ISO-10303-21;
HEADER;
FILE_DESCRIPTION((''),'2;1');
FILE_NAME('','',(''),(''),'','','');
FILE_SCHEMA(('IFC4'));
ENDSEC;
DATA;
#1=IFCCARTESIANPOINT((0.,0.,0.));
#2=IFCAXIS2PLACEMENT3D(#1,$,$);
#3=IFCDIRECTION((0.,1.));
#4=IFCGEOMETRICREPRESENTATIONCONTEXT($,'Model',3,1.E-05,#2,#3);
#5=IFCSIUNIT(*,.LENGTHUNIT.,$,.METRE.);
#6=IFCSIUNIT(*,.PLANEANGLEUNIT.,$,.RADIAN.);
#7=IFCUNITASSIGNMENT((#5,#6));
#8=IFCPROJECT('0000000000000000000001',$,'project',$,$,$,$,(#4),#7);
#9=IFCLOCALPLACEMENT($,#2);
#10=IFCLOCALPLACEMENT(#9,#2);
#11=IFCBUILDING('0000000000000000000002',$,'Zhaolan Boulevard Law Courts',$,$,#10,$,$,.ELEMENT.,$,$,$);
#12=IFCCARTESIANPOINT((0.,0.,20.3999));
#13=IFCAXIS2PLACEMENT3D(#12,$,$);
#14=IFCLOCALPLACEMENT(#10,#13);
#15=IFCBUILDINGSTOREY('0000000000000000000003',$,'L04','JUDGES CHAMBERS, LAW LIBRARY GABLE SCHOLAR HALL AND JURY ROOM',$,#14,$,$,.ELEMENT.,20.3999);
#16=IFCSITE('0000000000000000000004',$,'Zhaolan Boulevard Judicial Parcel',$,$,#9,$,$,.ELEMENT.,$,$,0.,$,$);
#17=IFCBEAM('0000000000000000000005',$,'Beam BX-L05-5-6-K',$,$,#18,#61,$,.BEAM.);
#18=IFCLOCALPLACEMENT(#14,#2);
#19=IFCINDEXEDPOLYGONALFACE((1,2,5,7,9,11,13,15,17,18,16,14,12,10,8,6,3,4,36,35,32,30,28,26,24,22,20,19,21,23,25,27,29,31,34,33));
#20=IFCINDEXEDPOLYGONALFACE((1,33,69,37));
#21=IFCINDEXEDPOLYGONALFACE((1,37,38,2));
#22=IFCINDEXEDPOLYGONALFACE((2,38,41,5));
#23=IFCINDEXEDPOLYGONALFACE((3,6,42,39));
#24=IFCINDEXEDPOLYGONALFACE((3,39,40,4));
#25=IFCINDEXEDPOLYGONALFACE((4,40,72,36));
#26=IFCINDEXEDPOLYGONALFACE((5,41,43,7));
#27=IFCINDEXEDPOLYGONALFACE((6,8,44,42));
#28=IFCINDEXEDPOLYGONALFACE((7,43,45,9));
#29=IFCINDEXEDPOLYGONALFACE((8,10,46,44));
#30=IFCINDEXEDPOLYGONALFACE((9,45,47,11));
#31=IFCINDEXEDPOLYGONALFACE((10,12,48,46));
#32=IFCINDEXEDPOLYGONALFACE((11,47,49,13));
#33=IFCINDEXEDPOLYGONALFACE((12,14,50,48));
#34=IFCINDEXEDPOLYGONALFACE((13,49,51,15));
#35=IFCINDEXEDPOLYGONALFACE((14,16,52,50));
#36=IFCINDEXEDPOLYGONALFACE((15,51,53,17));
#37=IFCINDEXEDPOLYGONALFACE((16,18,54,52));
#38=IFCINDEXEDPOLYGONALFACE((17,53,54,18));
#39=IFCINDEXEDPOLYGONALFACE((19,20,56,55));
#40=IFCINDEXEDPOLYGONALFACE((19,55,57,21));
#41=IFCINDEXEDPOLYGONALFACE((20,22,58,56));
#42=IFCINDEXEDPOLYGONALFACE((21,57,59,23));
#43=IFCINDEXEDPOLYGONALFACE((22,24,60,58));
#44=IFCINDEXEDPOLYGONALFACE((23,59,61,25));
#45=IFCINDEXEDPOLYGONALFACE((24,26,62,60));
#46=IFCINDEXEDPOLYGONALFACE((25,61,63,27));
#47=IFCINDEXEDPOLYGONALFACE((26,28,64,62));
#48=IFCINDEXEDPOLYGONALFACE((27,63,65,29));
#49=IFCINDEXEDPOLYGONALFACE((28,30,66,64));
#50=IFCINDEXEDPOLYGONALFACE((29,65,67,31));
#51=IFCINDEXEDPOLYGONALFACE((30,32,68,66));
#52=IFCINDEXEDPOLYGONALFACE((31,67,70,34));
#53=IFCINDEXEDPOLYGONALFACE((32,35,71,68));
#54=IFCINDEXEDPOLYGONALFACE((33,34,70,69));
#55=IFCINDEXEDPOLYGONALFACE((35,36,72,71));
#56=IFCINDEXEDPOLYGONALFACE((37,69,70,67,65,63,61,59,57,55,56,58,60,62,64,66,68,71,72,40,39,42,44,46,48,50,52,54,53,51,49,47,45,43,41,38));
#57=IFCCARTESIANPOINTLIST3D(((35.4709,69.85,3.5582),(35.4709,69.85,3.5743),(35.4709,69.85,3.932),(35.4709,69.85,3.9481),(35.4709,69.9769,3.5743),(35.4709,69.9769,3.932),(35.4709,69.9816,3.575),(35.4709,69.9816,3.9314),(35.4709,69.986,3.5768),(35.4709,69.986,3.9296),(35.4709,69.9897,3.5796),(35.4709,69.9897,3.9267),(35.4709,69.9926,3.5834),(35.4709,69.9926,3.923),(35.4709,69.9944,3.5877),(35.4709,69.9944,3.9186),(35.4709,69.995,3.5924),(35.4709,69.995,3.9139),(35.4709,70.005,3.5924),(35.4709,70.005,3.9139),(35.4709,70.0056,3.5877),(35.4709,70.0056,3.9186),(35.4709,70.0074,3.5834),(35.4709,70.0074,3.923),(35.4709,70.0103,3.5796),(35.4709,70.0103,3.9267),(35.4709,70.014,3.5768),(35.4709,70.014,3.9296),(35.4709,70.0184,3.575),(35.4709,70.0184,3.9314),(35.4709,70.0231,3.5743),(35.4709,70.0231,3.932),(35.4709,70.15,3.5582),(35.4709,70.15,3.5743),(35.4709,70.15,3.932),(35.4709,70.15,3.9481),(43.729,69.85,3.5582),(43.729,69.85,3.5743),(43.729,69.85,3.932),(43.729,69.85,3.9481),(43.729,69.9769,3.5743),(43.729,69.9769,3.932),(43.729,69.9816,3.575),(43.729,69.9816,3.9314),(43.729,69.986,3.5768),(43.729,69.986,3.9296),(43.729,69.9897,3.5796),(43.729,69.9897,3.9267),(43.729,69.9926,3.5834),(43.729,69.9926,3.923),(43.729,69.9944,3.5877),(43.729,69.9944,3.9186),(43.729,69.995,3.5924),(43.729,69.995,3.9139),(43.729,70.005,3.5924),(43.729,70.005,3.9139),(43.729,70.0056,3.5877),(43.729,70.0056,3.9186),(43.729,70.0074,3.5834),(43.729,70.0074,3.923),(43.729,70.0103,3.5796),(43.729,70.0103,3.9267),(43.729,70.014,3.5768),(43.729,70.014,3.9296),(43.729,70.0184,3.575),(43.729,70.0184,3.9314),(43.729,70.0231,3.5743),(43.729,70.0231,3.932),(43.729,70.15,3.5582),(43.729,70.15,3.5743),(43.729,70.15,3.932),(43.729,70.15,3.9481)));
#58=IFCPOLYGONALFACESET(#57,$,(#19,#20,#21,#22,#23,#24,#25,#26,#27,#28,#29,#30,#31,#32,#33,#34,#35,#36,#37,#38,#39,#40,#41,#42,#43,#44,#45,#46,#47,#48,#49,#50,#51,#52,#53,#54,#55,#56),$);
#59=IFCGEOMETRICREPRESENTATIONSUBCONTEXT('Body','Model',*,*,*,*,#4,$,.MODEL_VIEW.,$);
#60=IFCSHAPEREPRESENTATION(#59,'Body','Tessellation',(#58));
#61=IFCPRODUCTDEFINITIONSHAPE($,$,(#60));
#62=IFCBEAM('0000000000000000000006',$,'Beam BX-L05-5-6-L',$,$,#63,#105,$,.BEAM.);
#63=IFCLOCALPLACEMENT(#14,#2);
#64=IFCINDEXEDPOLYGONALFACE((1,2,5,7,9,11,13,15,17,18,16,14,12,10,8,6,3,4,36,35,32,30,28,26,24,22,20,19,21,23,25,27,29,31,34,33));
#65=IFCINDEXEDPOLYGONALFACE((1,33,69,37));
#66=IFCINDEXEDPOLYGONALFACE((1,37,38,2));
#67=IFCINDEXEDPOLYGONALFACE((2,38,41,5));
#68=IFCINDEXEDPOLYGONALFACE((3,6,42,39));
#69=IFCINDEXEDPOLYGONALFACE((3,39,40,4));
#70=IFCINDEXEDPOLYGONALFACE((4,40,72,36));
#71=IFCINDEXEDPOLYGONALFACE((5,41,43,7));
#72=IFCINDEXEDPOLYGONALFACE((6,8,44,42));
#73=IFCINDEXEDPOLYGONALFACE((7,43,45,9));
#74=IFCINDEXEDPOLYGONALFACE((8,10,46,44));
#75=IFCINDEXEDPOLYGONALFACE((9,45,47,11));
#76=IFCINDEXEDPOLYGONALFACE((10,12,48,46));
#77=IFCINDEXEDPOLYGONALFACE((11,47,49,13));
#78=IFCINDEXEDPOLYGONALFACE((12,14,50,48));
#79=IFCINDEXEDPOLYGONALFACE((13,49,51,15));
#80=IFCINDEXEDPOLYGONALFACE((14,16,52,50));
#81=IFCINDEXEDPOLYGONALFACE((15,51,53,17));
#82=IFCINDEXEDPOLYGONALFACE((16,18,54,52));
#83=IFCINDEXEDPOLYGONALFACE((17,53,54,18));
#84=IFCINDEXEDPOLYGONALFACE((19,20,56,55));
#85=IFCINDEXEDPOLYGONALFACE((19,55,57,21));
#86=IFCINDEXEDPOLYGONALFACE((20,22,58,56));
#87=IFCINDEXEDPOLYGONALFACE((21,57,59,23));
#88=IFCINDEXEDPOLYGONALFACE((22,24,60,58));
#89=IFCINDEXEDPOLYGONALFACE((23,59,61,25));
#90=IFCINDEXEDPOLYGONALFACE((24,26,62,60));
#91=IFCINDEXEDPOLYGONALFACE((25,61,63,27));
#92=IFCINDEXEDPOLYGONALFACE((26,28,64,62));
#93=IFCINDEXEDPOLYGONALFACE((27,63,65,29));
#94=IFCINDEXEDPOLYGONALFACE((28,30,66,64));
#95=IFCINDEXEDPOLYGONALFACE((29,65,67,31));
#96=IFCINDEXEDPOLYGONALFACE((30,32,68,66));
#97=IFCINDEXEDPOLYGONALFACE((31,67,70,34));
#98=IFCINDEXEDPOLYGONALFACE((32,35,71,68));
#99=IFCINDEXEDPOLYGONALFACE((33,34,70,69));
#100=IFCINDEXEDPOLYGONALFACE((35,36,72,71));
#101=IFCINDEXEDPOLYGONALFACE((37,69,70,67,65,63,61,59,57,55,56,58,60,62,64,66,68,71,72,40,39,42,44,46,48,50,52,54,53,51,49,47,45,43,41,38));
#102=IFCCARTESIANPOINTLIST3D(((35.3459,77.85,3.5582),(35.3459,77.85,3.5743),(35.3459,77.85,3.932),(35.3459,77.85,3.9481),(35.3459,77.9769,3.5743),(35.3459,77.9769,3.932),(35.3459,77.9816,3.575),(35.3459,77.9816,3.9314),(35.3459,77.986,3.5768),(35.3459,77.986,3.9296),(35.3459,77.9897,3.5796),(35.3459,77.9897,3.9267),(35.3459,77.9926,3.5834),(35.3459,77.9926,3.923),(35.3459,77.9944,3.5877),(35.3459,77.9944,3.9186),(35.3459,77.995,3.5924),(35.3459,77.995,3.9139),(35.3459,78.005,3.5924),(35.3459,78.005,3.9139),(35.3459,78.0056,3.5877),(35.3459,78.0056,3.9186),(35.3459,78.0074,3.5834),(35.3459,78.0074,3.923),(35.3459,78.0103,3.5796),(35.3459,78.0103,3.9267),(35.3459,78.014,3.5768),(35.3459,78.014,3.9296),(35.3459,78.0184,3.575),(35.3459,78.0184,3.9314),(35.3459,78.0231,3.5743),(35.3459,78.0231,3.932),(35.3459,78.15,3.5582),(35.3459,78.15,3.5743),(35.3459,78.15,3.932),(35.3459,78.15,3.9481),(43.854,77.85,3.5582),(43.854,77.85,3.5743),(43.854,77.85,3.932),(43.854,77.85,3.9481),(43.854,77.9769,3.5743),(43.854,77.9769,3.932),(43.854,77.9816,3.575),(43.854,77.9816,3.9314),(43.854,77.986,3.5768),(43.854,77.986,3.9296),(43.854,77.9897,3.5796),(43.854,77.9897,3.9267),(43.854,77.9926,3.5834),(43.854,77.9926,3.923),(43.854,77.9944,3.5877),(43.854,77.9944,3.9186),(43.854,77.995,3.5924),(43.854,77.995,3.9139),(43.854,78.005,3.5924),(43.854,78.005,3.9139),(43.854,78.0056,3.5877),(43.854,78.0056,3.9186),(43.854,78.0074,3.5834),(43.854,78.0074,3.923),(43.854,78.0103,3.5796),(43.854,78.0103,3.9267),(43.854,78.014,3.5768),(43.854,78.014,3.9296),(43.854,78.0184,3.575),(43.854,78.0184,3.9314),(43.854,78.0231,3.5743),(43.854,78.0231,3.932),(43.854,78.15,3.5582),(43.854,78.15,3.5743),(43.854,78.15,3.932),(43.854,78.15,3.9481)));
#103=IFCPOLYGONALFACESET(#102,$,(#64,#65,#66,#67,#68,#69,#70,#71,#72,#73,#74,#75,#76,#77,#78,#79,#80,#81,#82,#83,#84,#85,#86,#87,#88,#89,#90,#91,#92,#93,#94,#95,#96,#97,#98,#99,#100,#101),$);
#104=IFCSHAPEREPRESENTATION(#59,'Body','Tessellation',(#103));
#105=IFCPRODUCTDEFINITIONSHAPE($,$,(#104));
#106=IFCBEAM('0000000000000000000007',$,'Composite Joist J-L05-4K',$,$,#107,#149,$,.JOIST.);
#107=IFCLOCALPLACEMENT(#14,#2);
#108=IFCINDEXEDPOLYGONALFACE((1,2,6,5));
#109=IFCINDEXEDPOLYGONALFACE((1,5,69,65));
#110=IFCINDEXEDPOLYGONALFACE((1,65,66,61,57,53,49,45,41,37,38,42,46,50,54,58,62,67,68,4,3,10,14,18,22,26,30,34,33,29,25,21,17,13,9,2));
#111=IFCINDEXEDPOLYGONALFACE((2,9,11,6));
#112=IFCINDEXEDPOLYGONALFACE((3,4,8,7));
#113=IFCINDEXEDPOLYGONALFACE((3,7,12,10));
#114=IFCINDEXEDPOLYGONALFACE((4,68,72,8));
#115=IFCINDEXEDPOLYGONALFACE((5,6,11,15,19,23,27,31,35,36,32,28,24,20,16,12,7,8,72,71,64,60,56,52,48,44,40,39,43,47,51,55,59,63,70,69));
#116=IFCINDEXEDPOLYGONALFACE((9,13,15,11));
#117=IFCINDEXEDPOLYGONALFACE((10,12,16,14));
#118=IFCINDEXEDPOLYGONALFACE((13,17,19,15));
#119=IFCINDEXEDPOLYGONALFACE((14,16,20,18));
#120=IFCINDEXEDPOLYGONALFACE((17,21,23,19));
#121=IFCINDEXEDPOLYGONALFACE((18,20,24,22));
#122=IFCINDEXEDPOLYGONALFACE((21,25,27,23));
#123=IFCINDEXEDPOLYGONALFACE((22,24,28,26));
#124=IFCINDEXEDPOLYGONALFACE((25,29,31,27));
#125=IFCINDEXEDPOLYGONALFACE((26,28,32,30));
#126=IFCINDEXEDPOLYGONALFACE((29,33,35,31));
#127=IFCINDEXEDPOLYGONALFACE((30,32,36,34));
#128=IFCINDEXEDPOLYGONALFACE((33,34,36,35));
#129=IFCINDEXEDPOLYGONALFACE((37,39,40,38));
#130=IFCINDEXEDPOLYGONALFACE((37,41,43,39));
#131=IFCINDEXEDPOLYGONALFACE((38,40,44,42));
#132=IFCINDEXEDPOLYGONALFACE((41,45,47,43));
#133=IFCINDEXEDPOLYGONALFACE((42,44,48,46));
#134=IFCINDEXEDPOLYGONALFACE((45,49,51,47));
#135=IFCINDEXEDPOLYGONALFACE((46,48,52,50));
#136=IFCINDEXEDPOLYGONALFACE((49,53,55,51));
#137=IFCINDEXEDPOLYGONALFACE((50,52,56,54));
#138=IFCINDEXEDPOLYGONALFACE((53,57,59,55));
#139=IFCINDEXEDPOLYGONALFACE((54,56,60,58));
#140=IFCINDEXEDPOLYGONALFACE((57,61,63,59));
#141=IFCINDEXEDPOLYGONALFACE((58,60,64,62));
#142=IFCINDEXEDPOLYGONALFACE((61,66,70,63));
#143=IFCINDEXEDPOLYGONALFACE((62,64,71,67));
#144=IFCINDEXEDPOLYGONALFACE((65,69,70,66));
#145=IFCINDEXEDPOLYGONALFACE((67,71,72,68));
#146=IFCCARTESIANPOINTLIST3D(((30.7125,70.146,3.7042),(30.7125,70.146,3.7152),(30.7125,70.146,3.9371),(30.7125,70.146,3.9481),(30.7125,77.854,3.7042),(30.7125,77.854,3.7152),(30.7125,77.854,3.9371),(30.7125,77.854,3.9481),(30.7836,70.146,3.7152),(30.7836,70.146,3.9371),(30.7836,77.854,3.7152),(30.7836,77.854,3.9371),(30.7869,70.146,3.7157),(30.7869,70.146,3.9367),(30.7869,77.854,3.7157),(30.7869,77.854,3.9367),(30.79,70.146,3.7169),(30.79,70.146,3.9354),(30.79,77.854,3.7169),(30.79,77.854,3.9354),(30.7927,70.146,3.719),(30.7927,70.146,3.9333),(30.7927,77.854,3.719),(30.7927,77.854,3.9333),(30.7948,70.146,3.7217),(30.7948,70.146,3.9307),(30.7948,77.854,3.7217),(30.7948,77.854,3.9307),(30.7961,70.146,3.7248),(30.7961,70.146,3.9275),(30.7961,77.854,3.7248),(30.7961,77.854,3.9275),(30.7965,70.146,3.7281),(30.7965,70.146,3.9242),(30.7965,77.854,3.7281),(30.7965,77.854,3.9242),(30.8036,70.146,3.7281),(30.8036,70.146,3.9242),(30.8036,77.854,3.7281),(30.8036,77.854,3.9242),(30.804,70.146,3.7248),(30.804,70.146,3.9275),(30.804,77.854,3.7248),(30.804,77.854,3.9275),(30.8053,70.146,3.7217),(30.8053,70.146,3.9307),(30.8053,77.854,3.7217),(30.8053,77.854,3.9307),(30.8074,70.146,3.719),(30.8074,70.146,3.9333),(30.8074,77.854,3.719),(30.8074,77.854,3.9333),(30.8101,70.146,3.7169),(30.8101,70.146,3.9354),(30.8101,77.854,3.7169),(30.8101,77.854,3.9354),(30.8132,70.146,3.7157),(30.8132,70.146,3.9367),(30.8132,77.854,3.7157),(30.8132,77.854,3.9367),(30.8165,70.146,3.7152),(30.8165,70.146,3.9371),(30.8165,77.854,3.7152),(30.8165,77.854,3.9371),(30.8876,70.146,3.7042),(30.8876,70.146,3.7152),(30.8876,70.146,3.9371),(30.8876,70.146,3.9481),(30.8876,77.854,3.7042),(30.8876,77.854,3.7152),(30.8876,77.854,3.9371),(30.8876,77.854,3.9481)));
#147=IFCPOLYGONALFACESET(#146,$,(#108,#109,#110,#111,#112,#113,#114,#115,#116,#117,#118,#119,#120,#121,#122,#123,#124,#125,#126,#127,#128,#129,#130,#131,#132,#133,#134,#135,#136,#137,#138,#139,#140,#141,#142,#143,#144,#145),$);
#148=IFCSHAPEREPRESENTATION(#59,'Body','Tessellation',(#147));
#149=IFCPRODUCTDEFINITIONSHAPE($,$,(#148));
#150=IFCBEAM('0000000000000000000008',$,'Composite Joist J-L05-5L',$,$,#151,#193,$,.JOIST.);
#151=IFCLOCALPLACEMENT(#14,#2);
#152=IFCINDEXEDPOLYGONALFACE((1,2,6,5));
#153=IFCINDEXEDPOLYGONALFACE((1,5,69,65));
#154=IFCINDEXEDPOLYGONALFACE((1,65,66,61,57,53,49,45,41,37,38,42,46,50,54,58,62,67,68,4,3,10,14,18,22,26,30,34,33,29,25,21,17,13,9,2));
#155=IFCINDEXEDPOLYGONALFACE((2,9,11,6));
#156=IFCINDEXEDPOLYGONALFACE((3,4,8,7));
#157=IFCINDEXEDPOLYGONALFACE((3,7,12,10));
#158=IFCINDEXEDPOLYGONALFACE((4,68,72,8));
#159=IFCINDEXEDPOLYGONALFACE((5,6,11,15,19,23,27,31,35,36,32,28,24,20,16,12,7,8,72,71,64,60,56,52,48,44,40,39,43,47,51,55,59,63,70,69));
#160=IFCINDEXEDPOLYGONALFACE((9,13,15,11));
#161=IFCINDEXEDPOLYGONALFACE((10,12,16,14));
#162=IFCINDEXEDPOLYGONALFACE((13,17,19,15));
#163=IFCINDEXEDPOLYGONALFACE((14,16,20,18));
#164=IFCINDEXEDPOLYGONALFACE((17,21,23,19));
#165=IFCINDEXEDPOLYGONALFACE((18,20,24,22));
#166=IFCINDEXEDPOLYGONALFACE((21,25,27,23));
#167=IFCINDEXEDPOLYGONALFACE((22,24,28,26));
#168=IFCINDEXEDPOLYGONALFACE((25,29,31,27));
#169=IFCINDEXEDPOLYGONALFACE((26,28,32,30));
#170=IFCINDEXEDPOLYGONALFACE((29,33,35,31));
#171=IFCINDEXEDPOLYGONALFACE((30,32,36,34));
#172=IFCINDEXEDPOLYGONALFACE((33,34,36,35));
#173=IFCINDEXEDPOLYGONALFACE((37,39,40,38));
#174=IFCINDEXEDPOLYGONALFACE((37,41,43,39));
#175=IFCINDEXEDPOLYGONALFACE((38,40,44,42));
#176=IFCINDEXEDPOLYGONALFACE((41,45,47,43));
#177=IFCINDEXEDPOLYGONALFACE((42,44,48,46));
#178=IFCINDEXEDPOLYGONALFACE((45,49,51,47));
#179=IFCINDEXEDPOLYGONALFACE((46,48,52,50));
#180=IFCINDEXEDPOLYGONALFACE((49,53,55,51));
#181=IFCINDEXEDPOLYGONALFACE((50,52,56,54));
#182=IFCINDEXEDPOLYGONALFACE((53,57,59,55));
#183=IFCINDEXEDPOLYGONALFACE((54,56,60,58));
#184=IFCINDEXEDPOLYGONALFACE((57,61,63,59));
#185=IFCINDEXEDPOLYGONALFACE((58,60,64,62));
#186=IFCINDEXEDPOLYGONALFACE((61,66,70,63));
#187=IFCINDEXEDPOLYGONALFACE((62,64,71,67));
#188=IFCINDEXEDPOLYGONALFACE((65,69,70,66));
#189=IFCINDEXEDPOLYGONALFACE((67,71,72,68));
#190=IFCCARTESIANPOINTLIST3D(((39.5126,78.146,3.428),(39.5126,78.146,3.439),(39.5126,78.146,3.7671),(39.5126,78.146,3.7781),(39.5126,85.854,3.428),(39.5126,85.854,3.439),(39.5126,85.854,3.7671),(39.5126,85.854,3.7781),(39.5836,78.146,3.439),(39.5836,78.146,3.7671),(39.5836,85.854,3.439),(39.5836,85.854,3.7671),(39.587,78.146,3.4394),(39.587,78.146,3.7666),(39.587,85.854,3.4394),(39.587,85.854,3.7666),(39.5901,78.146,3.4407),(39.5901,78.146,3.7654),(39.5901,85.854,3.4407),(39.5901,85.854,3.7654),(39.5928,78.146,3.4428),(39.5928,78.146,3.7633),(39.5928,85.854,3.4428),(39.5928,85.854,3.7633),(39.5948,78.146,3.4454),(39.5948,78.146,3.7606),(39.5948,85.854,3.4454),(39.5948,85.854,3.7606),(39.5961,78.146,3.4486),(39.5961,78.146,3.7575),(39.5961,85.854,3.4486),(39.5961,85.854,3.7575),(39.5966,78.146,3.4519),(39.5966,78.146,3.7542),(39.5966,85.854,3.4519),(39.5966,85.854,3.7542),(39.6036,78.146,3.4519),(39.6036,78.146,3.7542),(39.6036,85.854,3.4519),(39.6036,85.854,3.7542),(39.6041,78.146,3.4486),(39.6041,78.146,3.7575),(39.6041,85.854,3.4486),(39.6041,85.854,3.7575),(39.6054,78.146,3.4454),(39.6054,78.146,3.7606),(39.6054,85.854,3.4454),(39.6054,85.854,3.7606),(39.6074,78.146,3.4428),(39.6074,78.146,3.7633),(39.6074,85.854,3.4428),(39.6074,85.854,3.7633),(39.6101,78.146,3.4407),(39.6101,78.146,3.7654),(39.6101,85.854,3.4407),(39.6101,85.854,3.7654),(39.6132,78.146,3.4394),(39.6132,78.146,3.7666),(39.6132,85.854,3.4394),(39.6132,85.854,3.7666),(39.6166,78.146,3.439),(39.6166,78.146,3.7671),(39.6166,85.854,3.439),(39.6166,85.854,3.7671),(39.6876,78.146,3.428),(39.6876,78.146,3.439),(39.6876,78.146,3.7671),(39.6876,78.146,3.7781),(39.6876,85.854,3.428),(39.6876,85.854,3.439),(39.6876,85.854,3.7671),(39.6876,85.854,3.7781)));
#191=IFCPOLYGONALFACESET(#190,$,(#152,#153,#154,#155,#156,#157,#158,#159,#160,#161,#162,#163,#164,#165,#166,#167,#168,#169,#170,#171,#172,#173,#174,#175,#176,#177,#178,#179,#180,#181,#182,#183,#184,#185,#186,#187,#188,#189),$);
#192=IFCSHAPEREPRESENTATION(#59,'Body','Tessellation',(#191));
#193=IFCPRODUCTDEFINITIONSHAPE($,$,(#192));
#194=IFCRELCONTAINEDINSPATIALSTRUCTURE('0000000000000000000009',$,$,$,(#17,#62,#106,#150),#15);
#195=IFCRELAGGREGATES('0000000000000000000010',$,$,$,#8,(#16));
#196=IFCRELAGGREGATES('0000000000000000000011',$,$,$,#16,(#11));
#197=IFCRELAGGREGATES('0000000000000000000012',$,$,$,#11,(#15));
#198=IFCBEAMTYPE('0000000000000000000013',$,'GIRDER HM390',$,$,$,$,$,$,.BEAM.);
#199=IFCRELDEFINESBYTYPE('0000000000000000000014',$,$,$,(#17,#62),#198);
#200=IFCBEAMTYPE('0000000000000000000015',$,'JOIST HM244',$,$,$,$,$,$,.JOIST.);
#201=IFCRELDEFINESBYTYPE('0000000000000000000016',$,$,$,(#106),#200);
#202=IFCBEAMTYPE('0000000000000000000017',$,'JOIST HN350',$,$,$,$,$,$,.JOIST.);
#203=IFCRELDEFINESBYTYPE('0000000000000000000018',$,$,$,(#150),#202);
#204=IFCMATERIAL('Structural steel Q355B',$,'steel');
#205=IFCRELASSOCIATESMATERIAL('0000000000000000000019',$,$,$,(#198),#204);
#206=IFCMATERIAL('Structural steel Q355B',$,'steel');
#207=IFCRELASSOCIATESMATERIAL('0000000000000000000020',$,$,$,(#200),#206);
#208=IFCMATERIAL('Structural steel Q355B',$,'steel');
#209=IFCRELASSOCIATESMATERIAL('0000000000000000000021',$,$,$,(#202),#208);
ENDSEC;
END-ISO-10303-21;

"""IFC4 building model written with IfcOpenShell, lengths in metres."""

from ifc_helpers import new_model, si_unit, direction, frame, origin, origin_2d, place, context, subcontext, project, spatial, i_section, extrude, material, material_profile, profile_set, type_object, element, save


model = new_model("IFC4")

# Units and contexts
model_context = context("Model", 3, precision=1e-05, world=origin(), true_north=direction((0.0, 1.0)))
body_context = subcontext(model_context, "Body", "Model", "MODEL_VIEW")
ifc_project = project(units=[si_unit("LENGTHUNIT", "METRE"), si_unit("PLANEANGLEUNIT", "RADIAN")], contexts=[model_context])

# Site, building, storey
site_placement = place(None, origin())
site = spatial("IfcSite", under=ifc_project, at=site_placement, Name="Zhaolan Boulevard Judicial Parcel", CompositionType="ELEMENT", RefElevation=0.0)
building_placement = place(site_placement, origin())
building = spatial("IfcBuilding", under=site, at=building_placement, Name="Zhaolan Boulevard Law Courts", CompositionType="ELEMENT")
storey_placement = place(building_placement, frame((0.0, 0.0, 20.3999)))
storey = spatial("IfcBuildingStorey", under=building, at=storey_placement, Name="L04", Description="JUDGES CHAMBERS, LAW LIBRARY GABLE SCHOLAR HALL AND JURY ROOM", CompositionType="ELEMENT", Elevation=20.3999)

# Beams
ifc_material_1 = material(Name="Structural steel Q355B", Category="steel")
ifc_material_profile_1 = material_profile(ifc_material_1, i_section(OverallWidth=0.3, OverallDepth=0.3899, WebThickness=0.01, FlangeThickness=0.0161, FilletRadius=0.0181, at=origin_2d()), Name="HM390x300")
ifc_profile_set_1 = profile_set([ifc_material_profile_1], Name="Structural steel Q355B")
beam_type_1 = type_object("IfcBeamType", Name="GIRDER HM390", PredefinedType="BEAM", material=ifc_profile_set_1)
beam_1_placement = place(storey_placement, frame((35.4709, 70.0, 3.7532), z_axis=(1.0, 0.0, 0.0), x_axis=(0.0, 1.0, 0.0)))
element("IfcBeam", 1, at=beam_1_placement, inside=storey, type_object=beam_type_1, Name="Beam BX-L05-5-6-K", PredefinedType="BEAM", context=body_context, shape_type="SweptSolid", body=[
    extrude(i_section(OverallWidth=0.3, OverallDepth=0.3899, WebThickness=0.01, FlangeThickness=0.0161, FilletRadius=0.0181, at=origin_2d()), origin(), (0.0, 0.0, 1.0), 8.2581),
])
beam_2_placement = place(storey_placement, frame((35.3459, 78.0, 3.7532), z_axis=(1.0, 0.0, 0.0), x_axis=(0.0, 1.0, 0.0)))
element("IfcBeam", 2, at=beam_2_placement, inside=storey, type_object=beam_type_1, Name="Beam BX-L05-5-6-L", PredefinedType="BEAM", context=body_context, shape_type="SweptSolid", body=[
    extrude(i_section(OverallWidth=0.3, OverallDepth=0.3899, WebThickness=0.01, FlangeThickness=0.0161, FilletRadius=0.0181, at=origin_2d()), origin(), (0.0, 0.0, 1.0), 8.5081),
])
ifc_material_2 = material(Name="Structural steel Q355B", Category="steel")
ifc_material_profile_2 = material_profile(ifc_material_2, i_section(OverallWidth=0.175, OverallDepth=0.2439, WebThickness=0.0071, FlangeThickness=0.011, FilletRadius=0.0129, at=origin_2d()), Name="HM244x175")
ifc_profile_set_2 = profile_set([ifc_material_profile_2], Name="Structural steel Q355B")
beam_type_2 = type_object("IfcBeamType", Name="JOIST HM244", PredefinedType="JOIST", material=ifc_profile_set_2)
beam_3_placement = place(storey_placement, frame((30.8, 70.146, 3.8262), z_axis=(0.0, 1.0, 0.0), x_axis=(-1.0, 0.0, 0.0)))
element("IfcBeam", 3, at=beam_3_placement, inside=storey, type_object=beam_type_2, Name="Composite Joist J-L05-4K", PredefinedType="JOIST", context=body_context, shape_type="SweptSolid", body=[
    extrude(i_section(OverallWidth=0.175, OverallDepth=0.2439, WebThickness=0.0071, FlangeThickness=0.011, FilletRadius=0.0129, at=origin_2d()), origin(), (0.0, 0.0, 1.0), 7.708),
])
ifc_material_3 = material(Name="Structural steel Q355B", Category="steel")
ifc_material_profile_3 = material_profile(ifc_material_3, i_section(OverallWidth=0.175, OverallDepth=0.3501, WebThickness=0.0071, FlangeThickness=0.011, FilletRadius=0.0129, at=origin_2d()), Name="HN350x175")
ifc_profile_set_3 = profile_set([ifc_material_profile_3], Name="Structural steel Q355B")
beam_type_3 = type_object("IfcBeamType", Name="JOIST HN350", PredefinedType="JOIST", material=ifc_profile_set_3)
beam_4_placement = place(storey_placement, frame((39.6001, 78.146, 3.603), z_axis=(0.0, 1.0, 0.0), x_axis=(-1.0, 0.0, 0.0)))
element("IfcBeam", 4, at=beam_4_placement, inside=storey, type_object=beam_type_3, Name="Composite Joist J-L05-5L", PredefinedType="JOIST", context=body_context, shape_type="SweptSolid", body=[
    extrude(i_section(OverallWidth=0.175, OverallDepth=0.3501, WebThickness=0.0071, FlangeThickness=0.011, FilletRadius=0.0129, at=origin_2d()), origin(), (0.0, 0.0, 1.0), 7.708),
])

save(model, "model.ifc")
